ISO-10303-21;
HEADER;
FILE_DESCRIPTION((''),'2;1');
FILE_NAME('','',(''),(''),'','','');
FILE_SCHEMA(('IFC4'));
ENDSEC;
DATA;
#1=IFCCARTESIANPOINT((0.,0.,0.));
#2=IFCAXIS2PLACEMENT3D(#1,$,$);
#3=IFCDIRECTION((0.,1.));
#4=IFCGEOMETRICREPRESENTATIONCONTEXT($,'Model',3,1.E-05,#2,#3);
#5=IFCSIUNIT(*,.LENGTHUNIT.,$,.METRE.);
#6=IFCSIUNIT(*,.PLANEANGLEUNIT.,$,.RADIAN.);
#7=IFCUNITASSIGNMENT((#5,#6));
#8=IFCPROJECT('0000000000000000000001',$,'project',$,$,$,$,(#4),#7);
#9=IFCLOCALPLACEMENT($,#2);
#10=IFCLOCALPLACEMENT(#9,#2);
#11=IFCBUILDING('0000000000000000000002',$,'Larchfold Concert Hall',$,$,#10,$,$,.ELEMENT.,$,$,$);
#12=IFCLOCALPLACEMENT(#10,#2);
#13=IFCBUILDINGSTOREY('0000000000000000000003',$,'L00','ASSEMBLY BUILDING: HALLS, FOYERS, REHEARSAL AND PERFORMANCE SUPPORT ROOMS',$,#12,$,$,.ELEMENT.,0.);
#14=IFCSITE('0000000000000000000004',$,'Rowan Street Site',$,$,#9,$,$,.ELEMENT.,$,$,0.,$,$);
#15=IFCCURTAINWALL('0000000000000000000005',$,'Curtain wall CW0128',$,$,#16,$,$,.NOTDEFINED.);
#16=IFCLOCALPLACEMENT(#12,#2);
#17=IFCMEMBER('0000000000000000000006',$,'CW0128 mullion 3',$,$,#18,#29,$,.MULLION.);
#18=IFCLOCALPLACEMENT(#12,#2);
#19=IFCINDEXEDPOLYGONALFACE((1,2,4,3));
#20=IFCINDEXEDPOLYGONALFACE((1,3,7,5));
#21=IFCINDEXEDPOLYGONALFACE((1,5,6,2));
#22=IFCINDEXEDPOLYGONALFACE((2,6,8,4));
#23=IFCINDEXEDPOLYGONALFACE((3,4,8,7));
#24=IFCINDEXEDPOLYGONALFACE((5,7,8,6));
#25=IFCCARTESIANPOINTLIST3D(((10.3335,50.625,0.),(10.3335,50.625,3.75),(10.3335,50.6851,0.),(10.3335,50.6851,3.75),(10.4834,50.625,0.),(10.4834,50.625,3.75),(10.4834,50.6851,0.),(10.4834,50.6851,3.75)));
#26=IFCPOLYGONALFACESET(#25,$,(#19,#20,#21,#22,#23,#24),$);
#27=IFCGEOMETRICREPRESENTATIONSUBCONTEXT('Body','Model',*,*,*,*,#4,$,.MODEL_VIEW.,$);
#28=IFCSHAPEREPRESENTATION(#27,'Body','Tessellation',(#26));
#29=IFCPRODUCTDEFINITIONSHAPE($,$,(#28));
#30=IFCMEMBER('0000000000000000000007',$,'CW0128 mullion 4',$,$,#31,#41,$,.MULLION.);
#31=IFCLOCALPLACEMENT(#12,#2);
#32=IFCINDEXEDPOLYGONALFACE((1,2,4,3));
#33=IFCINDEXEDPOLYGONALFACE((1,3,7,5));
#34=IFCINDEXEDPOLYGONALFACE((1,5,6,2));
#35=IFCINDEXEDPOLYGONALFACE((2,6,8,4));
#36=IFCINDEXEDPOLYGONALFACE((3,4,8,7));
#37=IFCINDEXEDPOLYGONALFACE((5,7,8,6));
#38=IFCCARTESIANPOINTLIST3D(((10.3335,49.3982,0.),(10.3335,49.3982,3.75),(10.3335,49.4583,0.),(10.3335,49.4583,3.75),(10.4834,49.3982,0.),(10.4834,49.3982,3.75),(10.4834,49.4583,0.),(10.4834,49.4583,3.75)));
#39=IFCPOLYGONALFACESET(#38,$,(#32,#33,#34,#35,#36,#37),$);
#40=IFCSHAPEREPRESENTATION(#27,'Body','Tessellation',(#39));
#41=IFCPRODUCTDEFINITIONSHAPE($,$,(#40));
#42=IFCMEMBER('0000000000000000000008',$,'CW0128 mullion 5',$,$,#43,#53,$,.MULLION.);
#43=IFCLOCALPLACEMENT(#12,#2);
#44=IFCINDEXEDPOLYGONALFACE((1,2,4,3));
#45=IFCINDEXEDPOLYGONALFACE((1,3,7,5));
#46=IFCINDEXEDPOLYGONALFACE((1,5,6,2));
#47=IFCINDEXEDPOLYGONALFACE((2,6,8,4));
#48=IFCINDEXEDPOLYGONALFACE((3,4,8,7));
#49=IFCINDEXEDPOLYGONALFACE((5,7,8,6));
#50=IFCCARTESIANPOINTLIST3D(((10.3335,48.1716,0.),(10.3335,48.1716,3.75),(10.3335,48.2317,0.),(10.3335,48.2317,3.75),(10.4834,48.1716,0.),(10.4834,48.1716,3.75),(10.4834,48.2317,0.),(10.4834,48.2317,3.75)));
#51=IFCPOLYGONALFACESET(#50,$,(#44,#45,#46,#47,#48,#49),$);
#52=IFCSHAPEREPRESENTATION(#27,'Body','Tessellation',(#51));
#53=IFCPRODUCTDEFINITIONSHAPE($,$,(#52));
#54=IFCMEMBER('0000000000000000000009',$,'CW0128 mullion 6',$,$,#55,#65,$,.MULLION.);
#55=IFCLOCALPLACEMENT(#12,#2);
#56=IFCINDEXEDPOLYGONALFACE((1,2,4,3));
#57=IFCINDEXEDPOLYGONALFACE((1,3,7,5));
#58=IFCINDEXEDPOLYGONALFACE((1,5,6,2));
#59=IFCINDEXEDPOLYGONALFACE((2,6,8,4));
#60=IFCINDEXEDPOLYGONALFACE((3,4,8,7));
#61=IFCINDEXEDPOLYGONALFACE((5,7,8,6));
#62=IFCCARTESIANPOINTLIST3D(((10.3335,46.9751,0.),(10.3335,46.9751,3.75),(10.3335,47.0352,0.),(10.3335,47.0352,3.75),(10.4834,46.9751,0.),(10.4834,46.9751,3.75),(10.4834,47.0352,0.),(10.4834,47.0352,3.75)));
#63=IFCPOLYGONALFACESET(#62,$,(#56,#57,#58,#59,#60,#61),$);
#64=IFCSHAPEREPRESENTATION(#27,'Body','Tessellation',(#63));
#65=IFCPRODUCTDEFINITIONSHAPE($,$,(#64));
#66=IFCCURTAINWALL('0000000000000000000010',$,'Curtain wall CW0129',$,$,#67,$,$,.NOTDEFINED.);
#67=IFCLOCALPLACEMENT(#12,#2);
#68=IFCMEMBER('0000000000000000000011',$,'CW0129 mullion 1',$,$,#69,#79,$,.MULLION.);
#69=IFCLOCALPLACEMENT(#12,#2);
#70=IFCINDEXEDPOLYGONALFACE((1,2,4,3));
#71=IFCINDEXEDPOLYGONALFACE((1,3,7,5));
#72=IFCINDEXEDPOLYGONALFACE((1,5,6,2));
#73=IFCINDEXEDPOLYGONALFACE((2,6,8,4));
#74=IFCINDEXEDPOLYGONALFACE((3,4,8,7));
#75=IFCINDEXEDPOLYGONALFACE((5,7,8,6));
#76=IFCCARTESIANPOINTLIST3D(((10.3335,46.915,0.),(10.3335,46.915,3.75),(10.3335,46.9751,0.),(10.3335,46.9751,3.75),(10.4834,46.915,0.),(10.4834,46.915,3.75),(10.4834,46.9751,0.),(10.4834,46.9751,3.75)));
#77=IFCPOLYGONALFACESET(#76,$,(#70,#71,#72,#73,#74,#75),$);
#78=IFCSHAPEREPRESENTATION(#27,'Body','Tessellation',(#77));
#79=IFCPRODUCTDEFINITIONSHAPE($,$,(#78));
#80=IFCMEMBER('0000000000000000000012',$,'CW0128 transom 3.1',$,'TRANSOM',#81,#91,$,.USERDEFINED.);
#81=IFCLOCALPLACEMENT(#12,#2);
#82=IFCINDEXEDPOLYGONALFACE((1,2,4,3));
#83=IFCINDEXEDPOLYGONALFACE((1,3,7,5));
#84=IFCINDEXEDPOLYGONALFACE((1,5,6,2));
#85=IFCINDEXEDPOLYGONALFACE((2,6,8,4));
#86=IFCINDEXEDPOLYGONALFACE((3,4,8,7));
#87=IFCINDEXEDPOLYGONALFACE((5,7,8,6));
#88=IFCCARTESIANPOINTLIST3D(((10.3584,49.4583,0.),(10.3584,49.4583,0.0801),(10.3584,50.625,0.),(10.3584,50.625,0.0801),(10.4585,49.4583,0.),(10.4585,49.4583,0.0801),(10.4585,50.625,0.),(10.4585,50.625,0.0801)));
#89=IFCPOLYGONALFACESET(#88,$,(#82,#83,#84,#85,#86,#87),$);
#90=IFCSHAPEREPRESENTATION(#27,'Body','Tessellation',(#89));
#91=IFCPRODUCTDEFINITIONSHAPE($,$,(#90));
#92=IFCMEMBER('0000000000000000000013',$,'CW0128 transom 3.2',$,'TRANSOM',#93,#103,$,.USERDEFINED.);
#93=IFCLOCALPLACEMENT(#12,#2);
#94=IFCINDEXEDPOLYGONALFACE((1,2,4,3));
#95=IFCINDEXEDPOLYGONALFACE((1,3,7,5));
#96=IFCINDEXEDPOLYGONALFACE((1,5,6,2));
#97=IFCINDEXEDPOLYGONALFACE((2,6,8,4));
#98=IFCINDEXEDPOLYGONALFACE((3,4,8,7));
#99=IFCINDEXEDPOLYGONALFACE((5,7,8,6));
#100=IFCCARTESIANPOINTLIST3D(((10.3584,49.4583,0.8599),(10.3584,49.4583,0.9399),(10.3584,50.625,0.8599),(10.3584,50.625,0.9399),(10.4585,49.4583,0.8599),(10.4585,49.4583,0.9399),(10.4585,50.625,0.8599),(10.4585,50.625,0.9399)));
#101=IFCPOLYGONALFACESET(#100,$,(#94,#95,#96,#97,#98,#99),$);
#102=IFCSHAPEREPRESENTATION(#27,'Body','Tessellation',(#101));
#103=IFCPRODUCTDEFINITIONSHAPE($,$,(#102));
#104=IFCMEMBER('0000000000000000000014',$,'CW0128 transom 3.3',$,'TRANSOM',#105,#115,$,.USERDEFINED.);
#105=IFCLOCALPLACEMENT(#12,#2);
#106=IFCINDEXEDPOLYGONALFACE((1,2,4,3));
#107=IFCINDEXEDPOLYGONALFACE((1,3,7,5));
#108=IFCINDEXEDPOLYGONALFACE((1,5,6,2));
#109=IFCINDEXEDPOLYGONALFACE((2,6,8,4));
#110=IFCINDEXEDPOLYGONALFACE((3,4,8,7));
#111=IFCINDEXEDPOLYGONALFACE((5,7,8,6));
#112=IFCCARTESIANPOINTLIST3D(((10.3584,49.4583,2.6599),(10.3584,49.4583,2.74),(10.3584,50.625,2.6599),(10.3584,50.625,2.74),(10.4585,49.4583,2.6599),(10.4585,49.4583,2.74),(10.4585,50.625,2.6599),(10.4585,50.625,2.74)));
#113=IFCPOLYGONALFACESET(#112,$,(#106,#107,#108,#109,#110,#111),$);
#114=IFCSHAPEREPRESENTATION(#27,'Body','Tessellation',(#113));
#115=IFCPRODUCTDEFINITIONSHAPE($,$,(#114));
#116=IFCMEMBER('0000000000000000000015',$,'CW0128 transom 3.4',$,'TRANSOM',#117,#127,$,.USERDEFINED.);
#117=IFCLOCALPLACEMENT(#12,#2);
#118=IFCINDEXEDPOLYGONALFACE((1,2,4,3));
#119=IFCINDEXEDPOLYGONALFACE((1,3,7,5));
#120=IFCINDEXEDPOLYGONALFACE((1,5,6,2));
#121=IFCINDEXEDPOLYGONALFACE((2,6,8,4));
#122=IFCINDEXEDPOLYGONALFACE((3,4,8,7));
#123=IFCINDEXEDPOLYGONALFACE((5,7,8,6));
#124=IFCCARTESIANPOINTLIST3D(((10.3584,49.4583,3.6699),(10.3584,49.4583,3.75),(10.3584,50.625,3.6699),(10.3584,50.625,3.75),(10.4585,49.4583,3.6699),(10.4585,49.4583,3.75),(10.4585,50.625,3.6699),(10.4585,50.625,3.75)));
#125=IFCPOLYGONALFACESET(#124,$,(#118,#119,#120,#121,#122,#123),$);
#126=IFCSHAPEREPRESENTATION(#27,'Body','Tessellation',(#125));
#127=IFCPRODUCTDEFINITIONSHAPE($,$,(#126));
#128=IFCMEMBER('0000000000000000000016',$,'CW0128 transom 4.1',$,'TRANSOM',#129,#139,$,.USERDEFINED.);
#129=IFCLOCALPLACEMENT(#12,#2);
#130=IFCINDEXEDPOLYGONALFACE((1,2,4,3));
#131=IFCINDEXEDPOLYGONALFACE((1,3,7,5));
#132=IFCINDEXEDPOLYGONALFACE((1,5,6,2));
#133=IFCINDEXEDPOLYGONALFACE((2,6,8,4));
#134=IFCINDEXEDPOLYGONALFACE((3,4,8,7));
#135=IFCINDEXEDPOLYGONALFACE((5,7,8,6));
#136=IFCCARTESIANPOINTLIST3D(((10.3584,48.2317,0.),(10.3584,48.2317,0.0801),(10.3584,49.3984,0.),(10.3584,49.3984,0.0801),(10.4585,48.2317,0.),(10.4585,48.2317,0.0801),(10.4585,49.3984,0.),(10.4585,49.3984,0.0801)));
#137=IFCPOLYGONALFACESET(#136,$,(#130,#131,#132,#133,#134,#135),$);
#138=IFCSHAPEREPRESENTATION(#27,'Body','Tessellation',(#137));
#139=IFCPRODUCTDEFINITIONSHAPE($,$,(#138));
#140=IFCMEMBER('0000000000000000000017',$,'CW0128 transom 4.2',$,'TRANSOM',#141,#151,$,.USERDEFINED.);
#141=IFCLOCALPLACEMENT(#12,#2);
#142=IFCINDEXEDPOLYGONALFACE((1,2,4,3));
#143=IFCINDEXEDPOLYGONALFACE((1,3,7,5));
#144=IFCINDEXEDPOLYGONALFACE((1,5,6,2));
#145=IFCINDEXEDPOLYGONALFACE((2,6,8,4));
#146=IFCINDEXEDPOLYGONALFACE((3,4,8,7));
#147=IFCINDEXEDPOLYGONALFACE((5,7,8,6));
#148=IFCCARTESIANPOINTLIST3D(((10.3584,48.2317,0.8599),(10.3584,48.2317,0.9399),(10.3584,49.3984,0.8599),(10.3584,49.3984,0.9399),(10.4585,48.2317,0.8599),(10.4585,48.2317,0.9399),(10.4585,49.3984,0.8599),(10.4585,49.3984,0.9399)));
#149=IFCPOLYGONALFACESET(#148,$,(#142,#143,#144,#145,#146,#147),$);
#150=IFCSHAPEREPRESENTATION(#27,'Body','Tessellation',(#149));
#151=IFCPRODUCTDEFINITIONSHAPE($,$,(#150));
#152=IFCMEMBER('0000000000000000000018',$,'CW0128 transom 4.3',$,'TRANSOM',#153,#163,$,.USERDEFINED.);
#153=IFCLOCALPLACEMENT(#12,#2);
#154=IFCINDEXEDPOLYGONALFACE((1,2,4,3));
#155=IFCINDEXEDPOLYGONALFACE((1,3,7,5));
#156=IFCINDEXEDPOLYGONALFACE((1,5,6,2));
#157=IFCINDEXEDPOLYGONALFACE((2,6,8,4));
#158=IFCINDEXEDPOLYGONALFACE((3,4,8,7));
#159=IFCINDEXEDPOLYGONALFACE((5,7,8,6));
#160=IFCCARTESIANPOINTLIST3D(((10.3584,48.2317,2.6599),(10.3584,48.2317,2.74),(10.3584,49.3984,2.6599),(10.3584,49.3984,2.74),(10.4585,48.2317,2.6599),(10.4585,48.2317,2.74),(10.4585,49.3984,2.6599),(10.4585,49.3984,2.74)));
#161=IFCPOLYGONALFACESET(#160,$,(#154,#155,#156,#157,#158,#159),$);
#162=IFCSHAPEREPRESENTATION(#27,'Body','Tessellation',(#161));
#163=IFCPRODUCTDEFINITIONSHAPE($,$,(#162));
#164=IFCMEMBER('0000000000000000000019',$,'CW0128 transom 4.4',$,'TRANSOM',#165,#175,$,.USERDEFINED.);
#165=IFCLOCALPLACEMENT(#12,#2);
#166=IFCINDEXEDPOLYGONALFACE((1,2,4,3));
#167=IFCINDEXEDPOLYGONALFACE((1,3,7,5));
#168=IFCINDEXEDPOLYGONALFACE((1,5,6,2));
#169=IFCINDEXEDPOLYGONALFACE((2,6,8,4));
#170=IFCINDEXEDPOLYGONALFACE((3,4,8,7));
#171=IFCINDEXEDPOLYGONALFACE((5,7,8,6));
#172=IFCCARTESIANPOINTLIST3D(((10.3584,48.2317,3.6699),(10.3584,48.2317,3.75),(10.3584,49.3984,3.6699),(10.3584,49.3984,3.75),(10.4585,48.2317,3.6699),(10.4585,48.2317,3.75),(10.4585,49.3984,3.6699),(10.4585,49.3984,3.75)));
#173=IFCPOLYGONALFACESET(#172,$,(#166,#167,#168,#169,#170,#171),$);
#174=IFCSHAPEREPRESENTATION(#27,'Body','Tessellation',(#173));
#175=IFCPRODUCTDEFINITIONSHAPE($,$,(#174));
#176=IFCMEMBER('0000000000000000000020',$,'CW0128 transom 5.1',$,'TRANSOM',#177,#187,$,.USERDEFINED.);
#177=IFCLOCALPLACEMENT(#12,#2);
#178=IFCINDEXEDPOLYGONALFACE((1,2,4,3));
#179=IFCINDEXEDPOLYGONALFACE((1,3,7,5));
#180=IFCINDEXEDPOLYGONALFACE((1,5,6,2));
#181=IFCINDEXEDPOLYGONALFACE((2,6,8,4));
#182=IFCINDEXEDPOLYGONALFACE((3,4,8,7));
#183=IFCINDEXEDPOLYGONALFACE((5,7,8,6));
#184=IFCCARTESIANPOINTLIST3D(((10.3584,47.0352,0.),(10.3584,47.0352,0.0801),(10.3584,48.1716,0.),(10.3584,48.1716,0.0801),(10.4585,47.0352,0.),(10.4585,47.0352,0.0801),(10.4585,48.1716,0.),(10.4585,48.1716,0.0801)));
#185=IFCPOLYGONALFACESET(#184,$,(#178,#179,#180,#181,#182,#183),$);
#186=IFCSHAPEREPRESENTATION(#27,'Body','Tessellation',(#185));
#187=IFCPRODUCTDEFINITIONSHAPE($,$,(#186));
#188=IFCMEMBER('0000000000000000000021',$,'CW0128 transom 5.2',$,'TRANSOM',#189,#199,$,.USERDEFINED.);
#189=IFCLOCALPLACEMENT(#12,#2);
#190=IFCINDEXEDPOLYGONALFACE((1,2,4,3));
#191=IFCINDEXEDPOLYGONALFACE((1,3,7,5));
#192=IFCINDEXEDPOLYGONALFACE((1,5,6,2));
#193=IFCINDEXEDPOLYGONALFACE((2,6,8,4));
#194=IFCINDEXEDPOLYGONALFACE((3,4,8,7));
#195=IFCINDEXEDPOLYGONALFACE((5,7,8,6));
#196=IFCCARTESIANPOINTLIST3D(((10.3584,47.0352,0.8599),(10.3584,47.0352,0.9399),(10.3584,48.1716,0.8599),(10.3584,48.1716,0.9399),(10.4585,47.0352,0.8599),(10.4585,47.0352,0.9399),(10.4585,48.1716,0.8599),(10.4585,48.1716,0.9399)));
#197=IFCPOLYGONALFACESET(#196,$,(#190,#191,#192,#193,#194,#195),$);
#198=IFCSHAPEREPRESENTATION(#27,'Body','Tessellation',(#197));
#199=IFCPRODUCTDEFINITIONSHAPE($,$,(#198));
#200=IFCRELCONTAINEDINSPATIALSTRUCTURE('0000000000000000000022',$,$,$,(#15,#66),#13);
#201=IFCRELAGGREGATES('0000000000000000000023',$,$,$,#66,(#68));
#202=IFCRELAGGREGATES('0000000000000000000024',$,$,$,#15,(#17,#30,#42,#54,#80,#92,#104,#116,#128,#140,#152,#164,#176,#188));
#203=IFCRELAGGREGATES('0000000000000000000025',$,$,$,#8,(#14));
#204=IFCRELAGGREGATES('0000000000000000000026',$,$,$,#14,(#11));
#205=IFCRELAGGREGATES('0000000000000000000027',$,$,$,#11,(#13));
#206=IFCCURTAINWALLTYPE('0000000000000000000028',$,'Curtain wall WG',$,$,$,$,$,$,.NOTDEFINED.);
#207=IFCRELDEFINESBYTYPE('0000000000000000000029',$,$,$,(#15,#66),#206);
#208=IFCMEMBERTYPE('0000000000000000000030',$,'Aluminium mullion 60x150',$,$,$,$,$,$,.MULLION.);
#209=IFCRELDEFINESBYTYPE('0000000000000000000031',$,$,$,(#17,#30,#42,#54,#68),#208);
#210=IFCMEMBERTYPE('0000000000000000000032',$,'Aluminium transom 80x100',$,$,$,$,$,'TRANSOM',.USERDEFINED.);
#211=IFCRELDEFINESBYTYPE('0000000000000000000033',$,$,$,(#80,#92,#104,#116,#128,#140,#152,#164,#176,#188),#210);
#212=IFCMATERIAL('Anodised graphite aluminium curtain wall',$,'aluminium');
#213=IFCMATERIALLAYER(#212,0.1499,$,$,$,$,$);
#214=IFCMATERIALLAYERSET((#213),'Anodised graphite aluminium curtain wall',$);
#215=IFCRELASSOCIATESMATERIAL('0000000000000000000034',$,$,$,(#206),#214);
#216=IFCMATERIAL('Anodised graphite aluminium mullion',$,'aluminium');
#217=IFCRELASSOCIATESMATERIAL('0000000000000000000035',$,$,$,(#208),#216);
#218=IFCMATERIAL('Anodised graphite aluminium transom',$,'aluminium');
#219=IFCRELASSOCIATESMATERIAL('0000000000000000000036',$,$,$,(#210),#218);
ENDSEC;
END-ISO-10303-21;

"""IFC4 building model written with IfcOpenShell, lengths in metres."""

from ifc_helpers import new_model, si_unit, direction, frame, origin, origin_2d, place, context, subcontext, project, spatial, rectangle, extrude, material, layer, layer_set, material_profile, profile_set, type_object, element, aggregate, save


model = new_model("IFC4")

# Units and contexts
model_context = context("Model", 3, precision=1e-05, world=origin(), true_north=direction((0.0, 1.0)))
body_context = subcontext(model_context, "Body", "Model", "MODEL_VIEW")
ifc_project = project(units=[si_unit("LENGTHUNIT", "METRE"), si_unit("PLANEANGLEUNIT", "RADIAN")], contexts=[model_context])

# Site, building, storey
site_placement = place(None, origin())
site = spatial("IfcSite", under=ifc_project, at=site_placement, Name="Rowan Street Site", CompositionType="ELEMENT", RefElevation=0.0)
building_placement = place(site_placement, origin())
building = spatial("IfcBuilding", under=site, at=building_placement, Name="Larchfold Concert Hall", CompositionType="ELEMENT")
storey_placement = place(building_placement, origin())
storey = spatial("IfcBuildingStorey", under=building, at=storey_placement, Name="L00", Description="ASSEMBLY BUILDING: HALLS, FOYERS, REHEARSAL AND PERFORMANCE SUPPORT ROOMS", CompositionType="ELEMENT", Elevation=0.0)

# Curtain wall, members
ifc_material_1 = material(Name="Anodised graphite aluminium curtain wall", Category="aluminium")
ifc_layer_1 = layer(ifc_material_1, 0.1499)
ifc_layer_set_1 = layer_set([ifc_layer_1], Name="Anodised graphite aluminium curtain wall")
curtain_wall_type = type_object("IfcCurtainWallType", Name="Curtain wall WG", PredefinedType="NOTDEFINED", material=ifc_layer_set_1)
curtain_wall_1_placement = place(storey_placement, origin())
curtain_wall_1 = element("IfcCurtainWall", 1, at=curtain_wall_1_placement, inside=storey, type_object=curtain_wall_type, Name="Curtain wall CW0128", PredefinedType="NOTDEFINED")
ifc_material_2 = material(Name="Anodised graphite aluminium mullion", Category="aluminium")
ifc_material_profile_1 = material_profile(ifc_material_2, rectangle(XDim=0.1499, YDim=0.0601, at=origin_2d()))
ifc_profile_set_1 = profile_set([ifc_material_profile_1], Name="Anodised graphite aluminium mullion")
member_type_1 = type_object("IfcMemberType", Name="Aluminium mullion 60x150", PredefinedType="MULLION", material=ifc_profile_set_1)
member_1_placement = place(storey_placement, frame((10.4084, 50.655, 0.0), z_axis=(0.0, 0.0, 1.0), x_axis=(1.0, 0.0, 0.0)))
member_1 = element("IfcMember", 2, at=member_1_placement, type_object=member_type_1, Name="CW0128 mullion 3", PredefinedType="MULLION", context=body_context, shape_type="SweptSolid", body=[
    extrude(rectangle(XDim=0.1499, YDim=0.0601, at=origin_2d()), origin(), (0.0, 0.0, 1.0), 3.75),
])
member_2_placement = place(storey_placement, frame((10.4084, 49.4282, 0.0), z_axis=(0.0, 0.0, 1.0), x_axis=(1.0, 0.0, 0.0)))
member_2 = element("IfcMember", 3, at=member_2_placement, type_object=member_type_1, Name="CW0128 mullion 4", PredefinedType="MULLION", context=body_context, shape_type="SweptSolid", body=[
    extrude(rectangle(XDim=0.1499, YDim=0.0601, at=origin_2d()), origin(), (0.0, 0.0, 1.0), 3.75),
])
member_3_placement = place(storey_placement, frame((10.4084, 48.2017, 0.0), z_axis=(0.0, 0.0, 1.0), x_axis=(1.0, 0.0, 0.0)))
member_3 = element("IfcMember", 4, at=member_3_placement, type_object=member_type_1, Name="CW0128 mullion 5", PredefinedType="MULLION", context=body_context, shape_type="SweptSolid", body=[
    extrude(rectangle(XDim=0.1499, YDim=0.0601, at=origin_2d()), origin(), (0.0, 0.0, 1.0), 3.75),
])
member_4_placement = place(storey_placement, frame((10.4084, 47.0051, 0.0), z_axis=(0.0, 0.0, 1.0), x_axis=(1.0, 0.0, 0.0)))
member_4 = element("IfcMember", 5, at=member_4_placement, type_object=member_type_1, Name="CW0128 mullion 6", PredefinedType="MULLION", context=body_context, shape_type="SweptSolid", body=[
    extrude(rectangle(XDim=0.1499, YDim=0.0601, at=origin_2d()), origin(), (0.0, 0.0, 1.0), 3.75),
])

# Curtain wall, member
curtain_wall_2_placement = place(storey_placement, origin())
curtain_wall_2 = element("IfcCurtainWall", 6, at=curtain_wall_2_placement, inside=storey, type_object=curtain_wall_type, Name="Curtain wall CW0129", PredefinedType="NOTDEFINED")
member_5_placement = place(storey_placement, frame((10.4084, 46.9451, 0.0), z_axis=(0.0, 0.0, 1.0), x_axis=(1.0, 0.0, 0.0)))
member_5 = element("IfcMember", 7, at=member_5_placement, type_object=member_type_1, Name="CW0129 mullion 1", PredefinedType="MULLION", context=body_context, shape_type="SweptSolid", body=[
    extrude(rectangle(XDim=0.1499, YDim=0.0601, at=origin_2d()), origin(), (0.0, 0.0, 1.0), 3.75),
])
aggregate(curtain_wall_2, [member_5])

# Members
ifc_material_3 = material(Name="Anodised graphite aluminium transom", Category="aluminium")
ifc_material_profile_2 = material_profile(ifc_material_3, rectangle(XDim=0.1001, YDim=0.0801, at=origin_2d()))
ifc_profile_set_2 = profile_set([ifc_material_profile_2], Name="Anodised graphite aluminium transom")
member_type_2 = type_object("IfcMemberType", Name="Aluminium transom 80x100", ElementType="TRANSOM", PredefinedType="USERDEFINED", material=ifc_profile_set_2)
member_6_placement = place(storey_placement, frame((10.4084, 50.625, 0.04), z_axis=(0.0, -1.0, 0.0), x_axis=(1.0, 0.0, 0.0)))
member_6 = element("IfcMember", 8, at=member_6_placement, type_object=member_type_2, Name="CW0128 transom 3.1", ObjectType="TRANSOM", PredefinedType="USERDEFINED", context=body_context, shape_type="SweptSolid", body=[
    extrude(rectangle(XDim=0.1001, YDim=0.0801, at=origin_2d()), origin(), (0.0, 0.0, 1.0), 1.1667),
])
member_7_placement = place(storey_placement, frame((10.4084, 50.625, 0.8999), z_axis=(0.0, -1.0, 0.0), x_axis=(1.0, 0.0, 0.0)))
member_7 = element("IfcMember", 9, at=member_7_placement, type_object=member_type_2, Name="CW0128 transom 3.2", ObjectType="TRANSOM", PredefinedType="USERDEFINED", context=body_context, shape_type="SweptSolid", body=[
    extrude(rectangle(XDim=0.1001, YDim=0.0801, at=origin_2d()), origin(), (0.0, 0.0, 1.0), 1.1667),
])
member_8_placement = place(storey_placement, frame((10.4084, 50.625, 2.7), z_axis=(0.0, -1.0, 0.0), x_axis=(1.0, 0.0, 0.0)))
member_8 = element("IfcMember", 10, at=member_8_placement, type_object=member_type_2, Name="CW0128 transom 3.3", ObjectType="TRANSOM", PredefinedType="USERDEFINED", context=body_context, shape_type="SweptSolid", body=[
    extrude(rectangle(XDim=0.1001, YDim=0.0801, at=origin_2d()), origin(), (0.0, 0.0, 1.0), 1.1667),
])
member_9_placement = place(storey_placement, frame((10.4084, 50.625, 3.71), z_axis=(0.0, -1.0, 0.0), x_axis=(1.0, 0.0, 0.0)))
member_9 = element("IfcMember", 11, at=member_9_placement, type_object=member_type_2, Name="CW0128 transom 3.4", ObjectType="TRANSOM", PredefinedType="USERDEFINED", context=body_context, shape_type="SweptSolid", body=[
    extrude(rectangle(XDim=0.1001, YDim=0.0801, at=origin_2d()), origin(), (0.0, 0.0, 1.0), 1.1667),
])
member_10_placement = place(storey_placement, frame((10.4084, 49.3984, 0.04), z_axis=(0.0, -1.0, 0.0), x_axis=(1.0, 0.0, 0.0)))
member_10 = element("IfcMember", 12, at=member_10_placement, type_object=member_type_2, Name="CW0128 transom 4.1", ObjectType="TRANSOM", PredefinedType="USERDEFINED", context=body_context, shape_type="SweptSolid", body=[
    extrude(rectangle(XDim=0.1001, YDim=0.0801, at=origin_2d()), origin(), (0.0, 0.0, 1.0), 1.1667),
])
member_11_placement = place(storey_placement, frame((10.4084, 49.3984, 0.8999), z_axis=(0.0, -1.0, 0.0), x_axis=(1.0, 0.0, 0.0)))
member_11 = element("IfcMember", 13, at=member_11_placement, type_object=member_type_2, Name="CW0128 transom 4.2", ObjectType="TRANSOM", PredefinedType="USERDEFINED", context=body_context, shape_type="SweptSolid", body=[
    extrude(rectangle(XDim=0.1001, YDim=0.0801, at=origin_2d()), origin(), (0.0, 0.0, 1.0), 1.1667),
])
member_12_placement = place(storey_placement, frame((10.4084, 49.3984, 2.7), z_axis=(0.0, -1.0, 0.0), x_axis=(1.0, 0.0, 0.0)))
member_12 = element("IfcMember", 14, at=member_12_placement, type_object=member_type_2, Name="CW0128 transom 4.3", ObjectType="TRANSOM", PredefinedType="USERDEFINED", context=body_context, shape_type="SweptSolid", body=[
    extrude(rectangle(XDim=0.1001, YDim=0.0801, at=origin_2d()), origin(), (0.0, 0.0, 1.0), 1.1667),
])
member_13_placement = place(storey_placement, frame((10.4084, 49.3984, 3.71), z_axis=(0.0, -1.0, 0.0), x_axis=(1.0, 0.0, 0.0)))
member_13 = element("IfcMember", 15, at=member_13_placement, type_object=member_type_2, Name="CW0128 transom 4.4", ObjectType="TRANSOM", PredefinedType="USERDEFINED", context=body_context, shape_type="SweptSolid", body=[
    extrude(rectangle(XDim=0.1001, YDim=0.0801, at=origin_2d()), origin(), (0.0, 0.0, 1.0), 1.1667),
])
member_14_placement = place(storey_placement, frame((10.4084, 48.1716, 0.04), z_axis=(0.0, -1.0, 0.0), x_axis=(1.0, 0.0, 0.0)))
member_14 = element("IfcMember", 16, at=member_14_placement, type_object=member_type_2, Name="CW0128 transom 5.1", ObjectType="TRANSOM", PredefinedType="USERDEFINED", context=body_context, shape_type="SweptSolid", body=[
    extrude(rectangle(XDim=0.1001, YDim=0.0801, at=origin_2d()), origin(), (0.0, 0.0, 1.0), 1.1365),
])
member_15_placement = place(storey_placement, frame((10.4084, 48.1716, 0.8999), z_axis=(0.0, -1.0, 0.0), x_axis=(1.0, 0.0, 0.0)))
member_15 = element("IfcMember", 17, at=member_15_placement, type_object=member_type_2, Name="CW0128 transom 5.2", ObjectType="TRANSOM", PredefinedType="USERDEFINED", context=body_context, shape_type="SweptSolid", body=[
    extrude(rectangle(XDim=0.1001, YDim=0.0801, at=origin_2d()), origin(), (0.0, 0.0, 1.0), 1.1365),
])

aggregate(curtain_wall_1, [member_1, member_2, member_3, member_4, member_6, member_7, member_8, member_9, member_10, member_11, member_12, member_13, member_14, member_15])

save(model, "model.ifc")
